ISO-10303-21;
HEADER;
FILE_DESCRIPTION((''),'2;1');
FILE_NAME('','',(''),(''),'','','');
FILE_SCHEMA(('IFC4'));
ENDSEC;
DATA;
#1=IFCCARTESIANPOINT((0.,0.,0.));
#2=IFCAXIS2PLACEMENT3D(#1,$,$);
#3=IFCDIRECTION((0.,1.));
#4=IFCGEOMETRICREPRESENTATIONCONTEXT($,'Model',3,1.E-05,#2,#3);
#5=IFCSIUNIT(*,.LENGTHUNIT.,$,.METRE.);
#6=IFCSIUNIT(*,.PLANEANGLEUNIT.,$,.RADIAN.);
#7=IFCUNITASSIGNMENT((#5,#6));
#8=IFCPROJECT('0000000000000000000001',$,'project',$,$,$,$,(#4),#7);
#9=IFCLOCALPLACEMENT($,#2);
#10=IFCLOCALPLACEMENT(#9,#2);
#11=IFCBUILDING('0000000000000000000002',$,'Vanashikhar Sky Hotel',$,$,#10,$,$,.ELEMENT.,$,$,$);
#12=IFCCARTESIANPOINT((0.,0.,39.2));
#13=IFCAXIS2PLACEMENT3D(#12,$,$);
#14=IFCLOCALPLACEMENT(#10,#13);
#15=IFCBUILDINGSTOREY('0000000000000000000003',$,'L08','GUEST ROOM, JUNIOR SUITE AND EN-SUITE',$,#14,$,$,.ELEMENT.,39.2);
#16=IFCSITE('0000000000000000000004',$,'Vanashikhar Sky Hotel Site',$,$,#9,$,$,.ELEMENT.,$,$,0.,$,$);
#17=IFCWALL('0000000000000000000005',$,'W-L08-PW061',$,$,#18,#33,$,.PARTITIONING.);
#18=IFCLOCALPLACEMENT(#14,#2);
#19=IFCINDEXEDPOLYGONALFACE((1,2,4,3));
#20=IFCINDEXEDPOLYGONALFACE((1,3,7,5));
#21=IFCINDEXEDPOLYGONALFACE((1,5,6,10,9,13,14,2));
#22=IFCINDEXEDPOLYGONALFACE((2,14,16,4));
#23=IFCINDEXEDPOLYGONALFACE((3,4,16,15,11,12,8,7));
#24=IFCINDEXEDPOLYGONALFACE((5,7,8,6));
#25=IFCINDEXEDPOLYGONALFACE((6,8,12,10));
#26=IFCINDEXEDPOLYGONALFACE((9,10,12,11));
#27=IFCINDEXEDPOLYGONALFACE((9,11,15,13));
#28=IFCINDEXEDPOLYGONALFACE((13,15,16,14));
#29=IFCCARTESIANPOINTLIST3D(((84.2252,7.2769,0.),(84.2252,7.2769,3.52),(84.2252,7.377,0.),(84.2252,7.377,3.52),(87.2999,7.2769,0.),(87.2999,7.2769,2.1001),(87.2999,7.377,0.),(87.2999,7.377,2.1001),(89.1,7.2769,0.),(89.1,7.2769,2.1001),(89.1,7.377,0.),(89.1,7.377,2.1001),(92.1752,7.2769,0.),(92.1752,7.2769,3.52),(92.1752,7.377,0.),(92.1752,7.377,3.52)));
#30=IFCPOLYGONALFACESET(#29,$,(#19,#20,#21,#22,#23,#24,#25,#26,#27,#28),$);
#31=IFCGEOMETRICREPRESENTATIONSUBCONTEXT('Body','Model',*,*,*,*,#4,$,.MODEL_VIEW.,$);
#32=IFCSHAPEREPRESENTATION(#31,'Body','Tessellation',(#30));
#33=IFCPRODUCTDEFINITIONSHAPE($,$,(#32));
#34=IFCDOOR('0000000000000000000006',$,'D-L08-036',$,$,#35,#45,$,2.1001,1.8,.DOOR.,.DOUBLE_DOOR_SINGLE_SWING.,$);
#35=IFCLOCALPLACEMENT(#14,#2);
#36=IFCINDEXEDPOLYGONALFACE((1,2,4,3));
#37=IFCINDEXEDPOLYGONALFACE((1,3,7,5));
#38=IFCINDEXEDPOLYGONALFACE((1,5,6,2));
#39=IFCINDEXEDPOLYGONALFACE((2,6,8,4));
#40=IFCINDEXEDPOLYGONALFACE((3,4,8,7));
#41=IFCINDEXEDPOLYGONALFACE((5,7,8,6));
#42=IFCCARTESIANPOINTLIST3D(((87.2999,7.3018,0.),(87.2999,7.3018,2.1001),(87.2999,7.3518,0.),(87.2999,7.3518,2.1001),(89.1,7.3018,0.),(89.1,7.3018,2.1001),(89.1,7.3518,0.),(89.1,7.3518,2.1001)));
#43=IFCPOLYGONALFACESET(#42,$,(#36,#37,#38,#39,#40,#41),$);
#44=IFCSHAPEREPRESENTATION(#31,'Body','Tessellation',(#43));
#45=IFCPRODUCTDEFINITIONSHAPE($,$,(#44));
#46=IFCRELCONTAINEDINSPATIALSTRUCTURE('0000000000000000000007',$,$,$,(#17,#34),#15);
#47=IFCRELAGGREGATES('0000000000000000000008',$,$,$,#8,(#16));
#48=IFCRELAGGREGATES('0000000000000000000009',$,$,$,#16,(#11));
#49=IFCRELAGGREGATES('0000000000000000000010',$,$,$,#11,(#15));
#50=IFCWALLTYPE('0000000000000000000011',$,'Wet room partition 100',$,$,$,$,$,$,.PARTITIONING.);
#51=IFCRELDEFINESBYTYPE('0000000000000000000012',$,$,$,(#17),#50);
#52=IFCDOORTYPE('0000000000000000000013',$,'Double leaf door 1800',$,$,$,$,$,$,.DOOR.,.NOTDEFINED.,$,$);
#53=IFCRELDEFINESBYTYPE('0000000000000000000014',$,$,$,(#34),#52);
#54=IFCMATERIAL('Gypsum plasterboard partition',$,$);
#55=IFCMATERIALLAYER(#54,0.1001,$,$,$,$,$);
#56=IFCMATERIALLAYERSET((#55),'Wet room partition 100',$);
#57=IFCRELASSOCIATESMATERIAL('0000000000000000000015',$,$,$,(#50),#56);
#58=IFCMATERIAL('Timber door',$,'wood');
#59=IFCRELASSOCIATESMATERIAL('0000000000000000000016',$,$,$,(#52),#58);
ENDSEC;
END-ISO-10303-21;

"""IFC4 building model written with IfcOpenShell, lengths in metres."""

from ifc_helpers import new_model, si_unit, direction, frame, frame_2d, origin, place, context, subcontext, project, spatial, rectangle, extrude, source, transform, mapped, material, layer, layer_set, type_object, element, fill, save


model = new_model("IFC4")

# Units and contexts
model_context = context("Model", 3, precision=1e-05, world=origin(), true_north=direction((0.0, 1.0)))
body_context = subcontext(model_context, "Body", "Model", "MODEL_VIEW")
ifc_project = project(units=[si_unit("LENGTHUNIT", "METRE"), si_unit("PLANEANGLEUNIT", "RADIAN")], contexts=[model_context])

# Site, building, storey
site_placement = place(None, origin())
site = spatial("IfcSite", under=ifc_project, at=site_placement, Name="Vanashikhar Sky Hotel Site", CompositionType="ELEMENT", RefElevation=0.0)
building_placement = place(site_placement, origin())
building = spatial("IfcBuilding", under=site, at=building_placement, Name="Vanashikhar Sky Hotel", CompositionType="ELEMENT")
storey_placement = place(building_placement, frame((0.0, 0.0, 39.2)))
storey = spatial("IfcBuildingStorey", under=building, at=storey_placement, Name="L08", Description="GUEST ROOM, JUNIOR SUITE AND EN-SUITE", CompositionType="ELEMENT", Elevation=39.2)

# Shared definitions
ifc_material_1 = material(Name="Gypsum plasterboard partition")
ifc_layer_1 = layer(ifc_material_1, 0.1001)
ifc_layer_set_1 = layer_set([ifc_layer_1], Name="Wet room partition 100")
wall_type_1 = type_object("IfcWallType", Name="Wet room partition 100", PredefinedType="PARTITIONING", material=ifc_layer_set_1)
ifc_material_2 = material(Name="Timber door", Category="wood")

# Wall, opening, door
shared_shape_1 = source(origin(), body_context, "Body", "SweptSolid", [
    extrude(rectangle(XDim=7.95, YDim=0.1001, at=frame_2d((3.9751, 0.0))), origin(), (0.0, 0.0, 1.0), 3.52),
])
wall_1_placement = place(storey_placement, frame((84.2251, 7.3269, 0.0), z_axis=(0.0, 0.0, 1.0), x_axis=(1.0, 0.0, 0.0)))
wall_1 = element("IfcWall", 1, at=wall_1_placement, inside=storey, type_object=wall_type_1, Name="W-L08-PW061", PredefinedType="PARTITIONING", context=body_context, shape_type="MappedRepresentation", body=[
    mapped(shared_shape_1, transform((0.0, 0.0, 0.0), scale=1.0)),
])
shared_shape_2 = source(origin(), body_context, "Body", "SweptSolid", [
    extrude(rectangle(XDim=1.8, YDim=2.1001, at=frame_2d((0.8999, 1.05))), frame((0.0, 0.0601, 0.0), z_axis=(0.0, -1.0, 0.0), x_axis=(1.0, 0.0, 0.0)), (0.0, 0.0, 1.0), 0.1201),
])
opening_1_placement = place(wall_1_placement, frame((3.075, 0.0, 0.0)))
opening_1 = element("IfcOpeningElement", 2, at=opening_1_placement, cuts=wall_1, PredefinedType="OPENING", context=body_context, shape_type="MappedRepresentation", body=[
    mapped(shared_shape_2, transform((0.0, 0.0, 0.0), scale=1.0)),
])
door_type_1 = type_object("IfcDoorType", Name="Double leaf door 1800", OperationType="NOTDEFINED", PredefinedType="DOOR", material=ifc_material_2)
shared_shape_3 = source(origin(), body_context, "Body", "SweptSolid", [
    extrude(rectangle(XDim=1.8, YDim=2.1001, at=frame_2d((0.8999, 1.05))), frame((0.0, 0.0249, 0.0), z_axis=(0.0, -1.0, 0.0), x_axis=(1.0, 0.0, 0.0)), (0.0, 0.0, 1.0), 0.05),
])
door_1_placement = place(opening_1_placement, origin())
door_1 = element("IfcDoor", 3, at=door_1_placement, inside=storey, type_object=door_type_1, Name="D-L08-036", OperationType="DOUBLE_DOOR_SINGLE_SWING", OverallHeight=2.1001, OverallWidth=1.8, PredefinedType="DOOR", context=body_context, shape_type="MappedRepresentation", body=[
    mapped(shared_shape_3, transform((0.0, 0.0, 0.0), scale=1.0)),
])
fill(opening_1, door_1)

save(model, "model.ifc")
